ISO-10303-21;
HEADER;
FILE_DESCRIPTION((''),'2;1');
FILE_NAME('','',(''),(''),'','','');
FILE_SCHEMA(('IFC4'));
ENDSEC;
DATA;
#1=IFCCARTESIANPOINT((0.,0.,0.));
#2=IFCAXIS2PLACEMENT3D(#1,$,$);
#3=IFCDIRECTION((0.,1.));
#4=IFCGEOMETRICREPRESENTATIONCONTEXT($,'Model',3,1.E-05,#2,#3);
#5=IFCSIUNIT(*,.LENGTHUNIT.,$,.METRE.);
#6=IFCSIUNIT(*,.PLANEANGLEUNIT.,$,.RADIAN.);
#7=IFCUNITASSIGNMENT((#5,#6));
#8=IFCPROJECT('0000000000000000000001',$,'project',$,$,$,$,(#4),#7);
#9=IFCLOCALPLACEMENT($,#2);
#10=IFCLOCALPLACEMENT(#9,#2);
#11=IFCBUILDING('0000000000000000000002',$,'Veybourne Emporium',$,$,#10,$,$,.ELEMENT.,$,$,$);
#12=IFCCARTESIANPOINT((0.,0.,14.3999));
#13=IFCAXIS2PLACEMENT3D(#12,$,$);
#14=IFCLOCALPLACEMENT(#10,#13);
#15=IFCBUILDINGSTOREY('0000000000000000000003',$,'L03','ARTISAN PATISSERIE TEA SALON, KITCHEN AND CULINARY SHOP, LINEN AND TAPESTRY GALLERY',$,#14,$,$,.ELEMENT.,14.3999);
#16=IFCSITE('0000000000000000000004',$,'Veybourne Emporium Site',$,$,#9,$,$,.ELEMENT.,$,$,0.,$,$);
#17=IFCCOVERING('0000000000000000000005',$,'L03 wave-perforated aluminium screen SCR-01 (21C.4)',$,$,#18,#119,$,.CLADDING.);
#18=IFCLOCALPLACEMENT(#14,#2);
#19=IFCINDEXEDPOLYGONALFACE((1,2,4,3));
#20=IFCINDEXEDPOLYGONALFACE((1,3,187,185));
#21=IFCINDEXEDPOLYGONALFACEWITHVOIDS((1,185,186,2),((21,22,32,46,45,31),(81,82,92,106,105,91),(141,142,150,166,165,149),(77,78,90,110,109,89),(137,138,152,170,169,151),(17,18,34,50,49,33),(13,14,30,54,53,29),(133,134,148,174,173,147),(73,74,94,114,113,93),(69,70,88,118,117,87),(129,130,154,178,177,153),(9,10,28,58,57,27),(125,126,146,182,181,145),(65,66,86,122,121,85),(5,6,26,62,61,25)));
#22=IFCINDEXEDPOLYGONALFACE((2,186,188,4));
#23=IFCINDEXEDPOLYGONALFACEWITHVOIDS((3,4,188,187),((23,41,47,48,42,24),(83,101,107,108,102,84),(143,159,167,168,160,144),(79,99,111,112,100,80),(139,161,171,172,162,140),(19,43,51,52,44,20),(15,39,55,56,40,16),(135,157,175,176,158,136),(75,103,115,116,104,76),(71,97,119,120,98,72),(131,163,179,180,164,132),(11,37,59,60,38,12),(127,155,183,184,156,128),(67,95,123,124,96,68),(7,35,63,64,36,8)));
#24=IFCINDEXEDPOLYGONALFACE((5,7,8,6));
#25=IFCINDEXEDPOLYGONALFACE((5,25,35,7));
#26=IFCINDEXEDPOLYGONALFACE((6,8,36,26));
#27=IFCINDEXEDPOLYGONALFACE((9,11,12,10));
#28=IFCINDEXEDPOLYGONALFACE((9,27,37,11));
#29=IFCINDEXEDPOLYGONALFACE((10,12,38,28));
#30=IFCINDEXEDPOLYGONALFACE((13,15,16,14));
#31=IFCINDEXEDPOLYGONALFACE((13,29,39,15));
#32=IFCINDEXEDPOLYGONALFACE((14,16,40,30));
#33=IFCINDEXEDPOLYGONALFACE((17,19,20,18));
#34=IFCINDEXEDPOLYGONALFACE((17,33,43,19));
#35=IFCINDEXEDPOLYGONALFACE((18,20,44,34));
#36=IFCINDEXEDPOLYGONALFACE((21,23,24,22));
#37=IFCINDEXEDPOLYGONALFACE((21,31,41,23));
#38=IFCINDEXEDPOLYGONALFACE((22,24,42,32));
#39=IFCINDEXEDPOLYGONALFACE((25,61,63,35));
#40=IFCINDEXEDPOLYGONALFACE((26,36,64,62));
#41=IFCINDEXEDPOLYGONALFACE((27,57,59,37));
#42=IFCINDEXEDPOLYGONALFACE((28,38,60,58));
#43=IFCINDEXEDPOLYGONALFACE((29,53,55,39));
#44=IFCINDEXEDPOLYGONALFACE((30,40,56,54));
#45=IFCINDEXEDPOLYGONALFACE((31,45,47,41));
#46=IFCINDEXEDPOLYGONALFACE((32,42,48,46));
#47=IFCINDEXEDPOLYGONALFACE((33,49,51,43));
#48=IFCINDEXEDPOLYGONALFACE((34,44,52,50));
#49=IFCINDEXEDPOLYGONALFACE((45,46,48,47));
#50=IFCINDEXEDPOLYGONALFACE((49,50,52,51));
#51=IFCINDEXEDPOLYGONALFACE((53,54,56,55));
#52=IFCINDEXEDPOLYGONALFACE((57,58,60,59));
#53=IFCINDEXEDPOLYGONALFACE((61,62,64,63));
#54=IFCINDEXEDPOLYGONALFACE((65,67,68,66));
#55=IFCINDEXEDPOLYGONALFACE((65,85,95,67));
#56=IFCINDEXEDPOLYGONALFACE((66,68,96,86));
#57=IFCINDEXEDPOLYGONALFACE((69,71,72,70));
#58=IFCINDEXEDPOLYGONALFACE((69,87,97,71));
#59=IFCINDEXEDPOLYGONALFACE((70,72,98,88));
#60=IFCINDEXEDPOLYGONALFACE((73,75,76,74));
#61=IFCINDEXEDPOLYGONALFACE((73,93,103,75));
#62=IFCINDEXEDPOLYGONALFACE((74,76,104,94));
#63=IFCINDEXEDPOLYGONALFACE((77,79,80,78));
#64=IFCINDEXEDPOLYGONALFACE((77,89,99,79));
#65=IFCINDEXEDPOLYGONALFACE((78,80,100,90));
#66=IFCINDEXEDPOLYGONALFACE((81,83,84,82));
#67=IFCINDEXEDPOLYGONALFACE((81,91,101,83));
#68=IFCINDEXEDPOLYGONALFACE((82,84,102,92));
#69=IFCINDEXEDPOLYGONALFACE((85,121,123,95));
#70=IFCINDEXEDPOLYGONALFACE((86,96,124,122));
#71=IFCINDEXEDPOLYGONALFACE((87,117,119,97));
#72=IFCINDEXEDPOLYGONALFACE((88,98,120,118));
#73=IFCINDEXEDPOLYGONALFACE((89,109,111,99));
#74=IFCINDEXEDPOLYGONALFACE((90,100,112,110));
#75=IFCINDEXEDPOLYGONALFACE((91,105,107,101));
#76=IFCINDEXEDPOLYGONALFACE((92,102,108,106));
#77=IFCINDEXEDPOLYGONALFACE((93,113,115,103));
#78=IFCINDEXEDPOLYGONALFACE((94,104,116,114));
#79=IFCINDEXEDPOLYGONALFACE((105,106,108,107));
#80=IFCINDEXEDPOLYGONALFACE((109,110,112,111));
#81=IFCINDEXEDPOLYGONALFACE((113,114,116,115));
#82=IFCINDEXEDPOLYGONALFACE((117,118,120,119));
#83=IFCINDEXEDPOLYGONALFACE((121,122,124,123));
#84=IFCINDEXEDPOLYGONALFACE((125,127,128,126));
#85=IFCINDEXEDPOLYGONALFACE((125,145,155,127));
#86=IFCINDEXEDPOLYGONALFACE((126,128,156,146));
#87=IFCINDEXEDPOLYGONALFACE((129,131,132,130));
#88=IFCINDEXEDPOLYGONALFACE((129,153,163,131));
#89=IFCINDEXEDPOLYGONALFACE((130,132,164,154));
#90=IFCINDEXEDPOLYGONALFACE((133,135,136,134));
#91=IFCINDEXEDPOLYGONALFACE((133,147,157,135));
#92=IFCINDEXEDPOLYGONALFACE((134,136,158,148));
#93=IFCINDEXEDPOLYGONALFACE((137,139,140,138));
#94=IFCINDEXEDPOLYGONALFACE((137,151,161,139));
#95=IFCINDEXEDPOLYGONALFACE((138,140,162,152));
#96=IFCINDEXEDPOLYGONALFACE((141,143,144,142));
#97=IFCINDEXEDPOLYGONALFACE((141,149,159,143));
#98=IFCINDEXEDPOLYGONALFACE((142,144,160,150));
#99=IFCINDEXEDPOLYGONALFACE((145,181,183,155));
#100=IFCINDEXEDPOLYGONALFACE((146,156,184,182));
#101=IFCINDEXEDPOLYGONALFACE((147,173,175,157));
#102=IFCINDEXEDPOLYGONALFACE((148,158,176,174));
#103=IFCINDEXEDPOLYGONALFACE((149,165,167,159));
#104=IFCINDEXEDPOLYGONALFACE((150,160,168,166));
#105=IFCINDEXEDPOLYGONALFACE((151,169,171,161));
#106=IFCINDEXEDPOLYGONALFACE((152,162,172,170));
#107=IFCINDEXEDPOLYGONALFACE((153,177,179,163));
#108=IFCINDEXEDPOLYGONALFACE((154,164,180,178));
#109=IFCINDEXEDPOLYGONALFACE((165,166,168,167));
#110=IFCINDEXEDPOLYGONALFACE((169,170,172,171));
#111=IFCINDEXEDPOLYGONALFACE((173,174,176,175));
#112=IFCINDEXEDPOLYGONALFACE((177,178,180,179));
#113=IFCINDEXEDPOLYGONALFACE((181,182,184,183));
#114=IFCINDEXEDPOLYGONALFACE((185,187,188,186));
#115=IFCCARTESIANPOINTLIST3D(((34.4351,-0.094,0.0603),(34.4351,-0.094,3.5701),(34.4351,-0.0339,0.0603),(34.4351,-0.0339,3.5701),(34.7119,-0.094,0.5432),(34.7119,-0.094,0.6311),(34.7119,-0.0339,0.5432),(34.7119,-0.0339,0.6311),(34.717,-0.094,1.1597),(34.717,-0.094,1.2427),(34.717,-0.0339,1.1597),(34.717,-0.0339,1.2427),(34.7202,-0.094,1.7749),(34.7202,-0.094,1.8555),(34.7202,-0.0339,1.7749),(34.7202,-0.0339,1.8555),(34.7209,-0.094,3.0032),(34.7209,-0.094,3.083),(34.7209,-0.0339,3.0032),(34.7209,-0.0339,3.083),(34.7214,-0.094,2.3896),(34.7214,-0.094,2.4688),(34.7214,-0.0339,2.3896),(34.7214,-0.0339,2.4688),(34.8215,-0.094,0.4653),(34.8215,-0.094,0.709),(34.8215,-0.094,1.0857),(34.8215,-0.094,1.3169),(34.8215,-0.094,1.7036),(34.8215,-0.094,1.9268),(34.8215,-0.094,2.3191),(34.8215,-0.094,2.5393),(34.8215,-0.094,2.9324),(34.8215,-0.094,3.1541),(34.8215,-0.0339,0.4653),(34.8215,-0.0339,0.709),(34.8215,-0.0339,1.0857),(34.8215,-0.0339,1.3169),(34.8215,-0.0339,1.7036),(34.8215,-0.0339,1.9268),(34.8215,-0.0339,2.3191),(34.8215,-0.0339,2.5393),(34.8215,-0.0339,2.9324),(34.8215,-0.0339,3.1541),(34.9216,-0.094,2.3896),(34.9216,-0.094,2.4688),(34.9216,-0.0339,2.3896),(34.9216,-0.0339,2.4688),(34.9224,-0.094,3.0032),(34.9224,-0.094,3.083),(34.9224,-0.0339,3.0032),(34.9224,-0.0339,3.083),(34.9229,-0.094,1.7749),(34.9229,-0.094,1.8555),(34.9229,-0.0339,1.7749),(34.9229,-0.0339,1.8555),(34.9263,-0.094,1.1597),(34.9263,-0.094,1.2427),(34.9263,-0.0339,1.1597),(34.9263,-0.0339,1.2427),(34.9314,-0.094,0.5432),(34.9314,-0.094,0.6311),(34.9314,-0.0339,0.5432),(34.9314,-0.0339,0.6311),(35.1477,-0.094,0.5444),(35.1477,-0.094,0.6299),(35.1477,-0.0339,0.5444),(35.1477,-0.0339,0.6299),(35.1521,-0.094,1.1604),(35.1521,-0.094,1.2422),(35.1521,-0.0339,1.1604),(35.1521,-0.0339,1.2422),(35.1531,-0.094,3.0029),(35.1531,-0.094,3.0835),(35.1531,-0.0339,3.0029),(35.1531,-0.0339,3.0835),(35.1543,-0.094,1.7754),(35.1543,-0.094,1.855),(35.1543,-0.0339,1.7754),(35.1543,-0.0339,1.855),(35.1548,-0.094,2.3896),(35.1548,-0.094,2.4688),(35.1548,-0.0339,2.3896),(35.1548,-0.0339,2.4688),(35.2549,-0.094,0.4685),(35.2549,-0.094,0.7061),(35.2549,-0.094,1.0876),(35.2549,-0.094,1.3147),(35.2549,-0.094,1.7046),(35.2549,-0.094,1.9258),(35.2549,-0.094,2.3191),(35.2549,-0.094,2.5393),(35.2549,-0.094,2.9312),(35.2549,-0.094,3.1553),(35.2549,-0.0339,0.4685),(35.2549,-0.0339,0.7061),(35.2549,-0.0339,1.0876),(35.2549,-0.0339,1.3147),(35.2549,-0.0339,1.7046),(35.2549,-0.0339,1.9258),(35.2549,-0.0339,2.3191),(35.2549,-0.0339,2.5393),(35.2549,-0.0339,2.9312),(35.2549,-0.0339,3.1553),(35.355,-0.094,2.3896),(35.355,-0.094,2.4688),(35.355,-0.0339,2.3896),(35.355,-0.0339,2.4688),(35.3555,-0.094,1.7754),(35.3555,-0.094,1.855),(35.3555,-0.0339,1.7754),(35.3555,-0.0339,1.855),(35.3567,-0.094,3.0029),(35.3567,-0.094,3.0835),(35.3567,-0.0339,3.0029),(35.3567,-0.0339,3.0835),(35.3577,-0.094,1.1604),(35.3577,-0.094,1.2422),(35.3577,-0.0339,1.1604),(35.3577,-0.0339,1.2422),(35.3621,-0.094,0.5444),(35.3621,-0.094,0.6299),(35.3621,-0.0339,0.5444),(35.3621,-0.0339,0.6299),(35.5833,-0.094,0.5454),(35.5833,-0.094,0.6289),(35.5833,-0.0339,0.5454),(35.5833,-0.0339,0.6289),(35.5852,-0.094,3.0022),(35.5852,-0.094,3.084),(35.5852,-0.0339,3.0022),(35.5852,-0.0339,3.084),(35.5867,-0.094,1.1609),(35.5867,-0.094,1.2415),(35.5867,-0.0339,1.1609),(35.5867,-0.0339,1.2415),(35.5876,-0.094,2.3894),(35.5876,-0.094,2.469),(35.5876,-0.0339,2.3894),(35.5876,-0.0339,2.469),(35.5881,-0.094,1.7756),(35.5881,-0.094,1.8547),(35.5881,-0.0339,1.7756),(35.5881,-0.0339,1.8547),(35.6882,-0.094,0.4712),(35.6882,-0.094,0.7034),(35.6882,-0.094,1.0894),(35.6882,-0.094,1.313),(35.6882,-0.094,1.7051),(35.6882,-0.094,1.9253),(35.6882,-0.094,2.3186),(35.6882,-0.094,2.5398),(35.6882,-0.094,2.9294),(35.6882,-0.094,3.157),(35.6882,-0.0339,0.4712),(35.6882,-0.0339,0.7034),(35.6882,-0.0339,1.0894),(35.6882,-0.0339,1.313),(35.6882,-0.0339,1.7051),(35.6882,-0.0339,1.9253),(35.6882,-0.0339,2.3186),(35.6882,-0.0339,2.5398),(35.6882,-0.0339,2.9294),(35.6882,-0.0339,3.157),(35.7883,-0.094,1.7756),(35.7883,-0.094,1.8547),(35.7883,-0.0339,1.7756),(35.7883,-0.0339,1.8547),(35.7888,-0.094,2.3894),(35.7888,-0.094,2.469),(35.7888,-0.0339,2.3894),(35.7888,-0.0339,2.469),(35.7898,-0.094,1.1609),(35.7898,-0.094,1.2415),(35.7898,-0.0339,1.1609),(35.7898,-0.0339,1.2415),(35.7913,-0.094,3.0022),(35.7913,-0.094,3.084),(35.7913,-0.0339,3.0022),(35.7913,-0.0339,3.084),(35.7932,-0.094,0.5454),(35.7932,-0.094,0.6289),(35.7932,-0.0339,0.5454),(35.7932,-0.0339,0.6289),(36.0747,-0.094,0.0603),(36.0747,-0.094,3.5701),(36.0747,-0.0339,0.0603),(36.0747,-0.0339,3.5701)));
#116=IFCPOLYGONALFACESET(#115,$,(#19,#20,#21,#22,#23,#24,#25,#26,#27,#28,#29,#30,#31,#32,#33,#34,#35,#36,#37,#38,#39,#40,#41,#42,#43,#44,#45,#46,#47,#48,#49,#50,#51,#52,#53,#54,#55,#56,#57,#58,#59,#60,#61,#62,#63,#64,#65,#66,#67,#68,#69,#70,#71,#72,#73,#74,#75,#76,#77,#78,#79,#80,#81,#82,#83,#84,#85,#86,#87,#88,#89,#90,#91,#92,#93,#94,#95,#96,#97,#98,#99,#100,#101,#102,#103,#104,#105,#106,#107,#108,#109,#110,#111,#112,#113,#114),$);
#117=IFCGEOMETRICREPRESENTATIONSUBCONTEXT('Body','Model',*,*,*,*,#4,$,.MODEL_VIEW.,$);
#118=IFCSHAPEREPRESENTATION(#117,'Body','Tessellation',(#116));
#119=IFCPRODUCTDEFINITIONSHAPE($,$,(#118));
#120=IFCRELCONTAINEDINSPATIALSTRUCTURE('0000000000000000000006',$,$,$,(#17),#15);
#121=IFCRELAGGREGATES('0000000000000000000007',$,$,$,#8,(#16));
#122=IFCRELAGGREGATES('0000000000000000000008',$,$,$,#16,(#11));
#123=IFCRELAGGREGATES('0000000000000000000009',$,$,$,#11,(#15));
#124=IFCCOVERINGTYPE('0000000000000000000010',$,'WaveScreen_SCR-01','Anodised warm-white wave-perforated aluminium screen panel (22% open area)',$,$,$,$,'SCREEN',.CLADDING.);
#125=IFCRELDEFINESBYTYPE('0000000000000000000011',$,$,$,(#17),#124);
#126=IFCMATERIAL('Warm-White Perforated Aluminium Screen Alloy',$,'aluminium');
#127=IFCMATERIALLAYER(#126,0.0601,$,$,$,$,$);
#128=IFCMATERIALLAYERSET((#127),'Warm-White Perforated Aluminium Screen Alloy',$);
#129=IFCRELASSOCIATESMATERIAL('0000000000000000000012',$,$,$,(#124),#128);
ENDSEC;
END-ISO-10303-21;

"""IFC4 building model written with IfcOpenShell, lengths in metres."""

from ifc_helpers import new_model, si_unit, direction, frame, origin, place, context, subcontext, project, spatial, polyline, outline, extrude, material, layer, layer_set, type_object, element, save


model = new_model("IFC4")

# Units and contexts
model_context = context("Model", 3, precision=1e-05, world=origin(), true_north=direction((0.0, 1.0)))
body_context = subcontext(model_context, "Body", "Model", "MODEL_VIEW")
ifc_project = project(units=[si_unit("LENGTHUNIT", "METRE"), si_unit("PLANEANGLEUNIT", "RADIAN")], contexts=[model_context])

# Site, building, storey
site_placement = place(None, origin())
site = spatial("IfcSite", under=ifc_project, at=site_placement, Name="Veybourne Emporium Site", CompositionType="ELEMENT", RefElevation=0.0)
building_placement = place(site_placement, origin())
building = spatial("IfcBuilding", under=site, at=building_placement, Name="Veybourne Emporium", CompositionType="ELEMENT")
storey_placement = place(building_placement, frame((0.0, 0.0, 14.3999)))
storey = spatial("IfcBuildingStorey", under=building, at=storey_placement, Name="L03", Description="ARTISAN PATISSERIE TEA SALON, KITCHEN AND CULINARY SHOP, LINEN AND TAPESTRY GALLERY", CompositionType="ELEMENT", Elevation=14.3999)

# Covering
ifc_material_1 = material(Name="Warm-White Perforated Aluminium Screen Alloy", Category="aluminium")
ifc_layer_1 = layer(ifc_material_1, 0.0601)
ifc_layer_set_1 = layer_set([ifc_layer_1], Name="Warm-White Perforated Aluminium Screen Alloy")
covering_type_1 = type_object("IfcCoveringType", Name="WaveScreen_SCR-01", Description="Anodised warm-white wave-perforated aluminium screen panel (22% open area)", ElementType="SCREEN", PredefinedType="CLADDING", material=ifc_layer_set_1)
covering_1_placement = place(storey_placement, frame((35.2549, -0.094, 1.8152), z_axis=(0.0, 1.0, 0.0), x_axis=(-1.0, 0.0, 0.0)))
element("IfcCovering", 1, at=covering_1_placement, inside=storey, type_object=covering_type_1, Name="L03 wave-perforated aluminium screen SCR-01 (21C.4)", PredefinedType="CLADDING", context=body_context, shape_type="SweptSolid", body=[
    extrude(outline(polyline([(-0.8198, -1.7549), (0.8198, -1.7549), (0.8198, 1.7549), (-0.8198, 1.7549), (-0.8198, -1.7549)]), holes=[polyline([(-0.4333, -1.1118), (-0.3284, -1.1863), (-0.3284, -1.2698), (-0.4333, -1.344), (-0.5383, -1.2698), (-0.5383, -1.1863), (-0.4333, -1.1118)]), polyline([(-0.4333, -0.5022), (-0.3318, -0.5737), (-0.3318, -0.6543), (-0.4333, -0.7258), (-0.5349, -0.6543), (-0.5349, -0.5737), (-0.4333, -0.5022)]), polyline([(-0.4333, 0.1101), (-0.3333, 0.0396), (-0.3333, -0.0396), (-0.4333, -0.1101), (-0.5334, -0.0396), (-0.5334, 0.0396), (-0.4333, 0.1101)]), polyline([(-0.4333, 0.7246), (-0.3328, 0.6538), (-0.3328, 0.5742), (-0.4333, 0.5034), (-0.5339, 0.5742), (-0.5339, 0.6538), (-0.4333, 0.7246)]), polyline([(-0.4333, 1.3418), (-0.3303, 1.2688), (-0.3303, 1.187), (-0.4333, 1.1143), (-0.5364, 1.187), (-0.5364, 1.2688), (-0.4333, 1.3418)]), polyline([(0.0, -1.1091), (0.1072, -1.1853), (0.1072, -1.2708), (0.0, -1.3467), (-0.1072, -1.2708), (-0.1072, -1.1853), (0.0, -1.1091)]), polyline([(0.0, -0.5005), (0.1028, -0.573), (0.1028, -0.6548), (0.0, -0.7275), (-0.1028, -0.6548), (-0.1028, -0.573), (0.0, -0.5005)]), polyline([(0.0, 0.1106), (0.1006, 0.0398), (0.1006, -0.0398), (0.0, -0.1106), (-0.1006, -0.0398), (-0.1006, 0.0398), (0.0, 0.1106)]), polyline([(0.0, 0.7241), (0.1001, 0.6536), (0.1001, 0.5745), (0.0, 0.5039), (-0.1001, 0.5745), (-0.1001, 0.6536), (0.0, 0.7241)]), polyline([(0.0, 1.3401), (0.1018, 1.2683), (0.1018, 1.1877), (0.0, 1.116), (-0.1018, 1.1877), (-0.1018, 1.2683), (0.0, 1.3401)]), polyline([(0.4333, -1.1062), (0.543, -1.1841), (0.543, -1.272), (0.4333, -1.3499), (0.3235, -1.272), (0.3235, -1.1841), (0.4333, -1.1062)]), polyline([(0.4333, -0.4983), (0.5378, -0.5725), (0.5378, -0.6555), (0.4333, -0.7295), (0.3286, -0.6555), (0.3286, -0.5725), (0.4333, -0.4983)]), polyline([(0.4333, 0.1116), (0.5347, 0.0403), (0.5347, -0.0403), (0.4333, -0.1116), (0.332, -0.0403), (0.332, 0.0403), (0.4333, 0.1116)]), polyline([(0.4333, 0.7241), (0.5334, 0.6536), (0.5334, 0.5745), (0.4333, 0.5039), (0.3333, 0.5745), (0.3333, 0.6536), (0.4333, 0.7241)]), polyline([(0.4333, 1.3389), (0.5339, 1.2678), (0.5339, 1.188), (0.4333, 1.1172), (0.3325, 1.188), (0.3325, 1.2678), (0.4333, 1.3389)])]), origin(), (0.0, 0.0, 1.0), 0.0601),
])

save(model, "model.ifc")
